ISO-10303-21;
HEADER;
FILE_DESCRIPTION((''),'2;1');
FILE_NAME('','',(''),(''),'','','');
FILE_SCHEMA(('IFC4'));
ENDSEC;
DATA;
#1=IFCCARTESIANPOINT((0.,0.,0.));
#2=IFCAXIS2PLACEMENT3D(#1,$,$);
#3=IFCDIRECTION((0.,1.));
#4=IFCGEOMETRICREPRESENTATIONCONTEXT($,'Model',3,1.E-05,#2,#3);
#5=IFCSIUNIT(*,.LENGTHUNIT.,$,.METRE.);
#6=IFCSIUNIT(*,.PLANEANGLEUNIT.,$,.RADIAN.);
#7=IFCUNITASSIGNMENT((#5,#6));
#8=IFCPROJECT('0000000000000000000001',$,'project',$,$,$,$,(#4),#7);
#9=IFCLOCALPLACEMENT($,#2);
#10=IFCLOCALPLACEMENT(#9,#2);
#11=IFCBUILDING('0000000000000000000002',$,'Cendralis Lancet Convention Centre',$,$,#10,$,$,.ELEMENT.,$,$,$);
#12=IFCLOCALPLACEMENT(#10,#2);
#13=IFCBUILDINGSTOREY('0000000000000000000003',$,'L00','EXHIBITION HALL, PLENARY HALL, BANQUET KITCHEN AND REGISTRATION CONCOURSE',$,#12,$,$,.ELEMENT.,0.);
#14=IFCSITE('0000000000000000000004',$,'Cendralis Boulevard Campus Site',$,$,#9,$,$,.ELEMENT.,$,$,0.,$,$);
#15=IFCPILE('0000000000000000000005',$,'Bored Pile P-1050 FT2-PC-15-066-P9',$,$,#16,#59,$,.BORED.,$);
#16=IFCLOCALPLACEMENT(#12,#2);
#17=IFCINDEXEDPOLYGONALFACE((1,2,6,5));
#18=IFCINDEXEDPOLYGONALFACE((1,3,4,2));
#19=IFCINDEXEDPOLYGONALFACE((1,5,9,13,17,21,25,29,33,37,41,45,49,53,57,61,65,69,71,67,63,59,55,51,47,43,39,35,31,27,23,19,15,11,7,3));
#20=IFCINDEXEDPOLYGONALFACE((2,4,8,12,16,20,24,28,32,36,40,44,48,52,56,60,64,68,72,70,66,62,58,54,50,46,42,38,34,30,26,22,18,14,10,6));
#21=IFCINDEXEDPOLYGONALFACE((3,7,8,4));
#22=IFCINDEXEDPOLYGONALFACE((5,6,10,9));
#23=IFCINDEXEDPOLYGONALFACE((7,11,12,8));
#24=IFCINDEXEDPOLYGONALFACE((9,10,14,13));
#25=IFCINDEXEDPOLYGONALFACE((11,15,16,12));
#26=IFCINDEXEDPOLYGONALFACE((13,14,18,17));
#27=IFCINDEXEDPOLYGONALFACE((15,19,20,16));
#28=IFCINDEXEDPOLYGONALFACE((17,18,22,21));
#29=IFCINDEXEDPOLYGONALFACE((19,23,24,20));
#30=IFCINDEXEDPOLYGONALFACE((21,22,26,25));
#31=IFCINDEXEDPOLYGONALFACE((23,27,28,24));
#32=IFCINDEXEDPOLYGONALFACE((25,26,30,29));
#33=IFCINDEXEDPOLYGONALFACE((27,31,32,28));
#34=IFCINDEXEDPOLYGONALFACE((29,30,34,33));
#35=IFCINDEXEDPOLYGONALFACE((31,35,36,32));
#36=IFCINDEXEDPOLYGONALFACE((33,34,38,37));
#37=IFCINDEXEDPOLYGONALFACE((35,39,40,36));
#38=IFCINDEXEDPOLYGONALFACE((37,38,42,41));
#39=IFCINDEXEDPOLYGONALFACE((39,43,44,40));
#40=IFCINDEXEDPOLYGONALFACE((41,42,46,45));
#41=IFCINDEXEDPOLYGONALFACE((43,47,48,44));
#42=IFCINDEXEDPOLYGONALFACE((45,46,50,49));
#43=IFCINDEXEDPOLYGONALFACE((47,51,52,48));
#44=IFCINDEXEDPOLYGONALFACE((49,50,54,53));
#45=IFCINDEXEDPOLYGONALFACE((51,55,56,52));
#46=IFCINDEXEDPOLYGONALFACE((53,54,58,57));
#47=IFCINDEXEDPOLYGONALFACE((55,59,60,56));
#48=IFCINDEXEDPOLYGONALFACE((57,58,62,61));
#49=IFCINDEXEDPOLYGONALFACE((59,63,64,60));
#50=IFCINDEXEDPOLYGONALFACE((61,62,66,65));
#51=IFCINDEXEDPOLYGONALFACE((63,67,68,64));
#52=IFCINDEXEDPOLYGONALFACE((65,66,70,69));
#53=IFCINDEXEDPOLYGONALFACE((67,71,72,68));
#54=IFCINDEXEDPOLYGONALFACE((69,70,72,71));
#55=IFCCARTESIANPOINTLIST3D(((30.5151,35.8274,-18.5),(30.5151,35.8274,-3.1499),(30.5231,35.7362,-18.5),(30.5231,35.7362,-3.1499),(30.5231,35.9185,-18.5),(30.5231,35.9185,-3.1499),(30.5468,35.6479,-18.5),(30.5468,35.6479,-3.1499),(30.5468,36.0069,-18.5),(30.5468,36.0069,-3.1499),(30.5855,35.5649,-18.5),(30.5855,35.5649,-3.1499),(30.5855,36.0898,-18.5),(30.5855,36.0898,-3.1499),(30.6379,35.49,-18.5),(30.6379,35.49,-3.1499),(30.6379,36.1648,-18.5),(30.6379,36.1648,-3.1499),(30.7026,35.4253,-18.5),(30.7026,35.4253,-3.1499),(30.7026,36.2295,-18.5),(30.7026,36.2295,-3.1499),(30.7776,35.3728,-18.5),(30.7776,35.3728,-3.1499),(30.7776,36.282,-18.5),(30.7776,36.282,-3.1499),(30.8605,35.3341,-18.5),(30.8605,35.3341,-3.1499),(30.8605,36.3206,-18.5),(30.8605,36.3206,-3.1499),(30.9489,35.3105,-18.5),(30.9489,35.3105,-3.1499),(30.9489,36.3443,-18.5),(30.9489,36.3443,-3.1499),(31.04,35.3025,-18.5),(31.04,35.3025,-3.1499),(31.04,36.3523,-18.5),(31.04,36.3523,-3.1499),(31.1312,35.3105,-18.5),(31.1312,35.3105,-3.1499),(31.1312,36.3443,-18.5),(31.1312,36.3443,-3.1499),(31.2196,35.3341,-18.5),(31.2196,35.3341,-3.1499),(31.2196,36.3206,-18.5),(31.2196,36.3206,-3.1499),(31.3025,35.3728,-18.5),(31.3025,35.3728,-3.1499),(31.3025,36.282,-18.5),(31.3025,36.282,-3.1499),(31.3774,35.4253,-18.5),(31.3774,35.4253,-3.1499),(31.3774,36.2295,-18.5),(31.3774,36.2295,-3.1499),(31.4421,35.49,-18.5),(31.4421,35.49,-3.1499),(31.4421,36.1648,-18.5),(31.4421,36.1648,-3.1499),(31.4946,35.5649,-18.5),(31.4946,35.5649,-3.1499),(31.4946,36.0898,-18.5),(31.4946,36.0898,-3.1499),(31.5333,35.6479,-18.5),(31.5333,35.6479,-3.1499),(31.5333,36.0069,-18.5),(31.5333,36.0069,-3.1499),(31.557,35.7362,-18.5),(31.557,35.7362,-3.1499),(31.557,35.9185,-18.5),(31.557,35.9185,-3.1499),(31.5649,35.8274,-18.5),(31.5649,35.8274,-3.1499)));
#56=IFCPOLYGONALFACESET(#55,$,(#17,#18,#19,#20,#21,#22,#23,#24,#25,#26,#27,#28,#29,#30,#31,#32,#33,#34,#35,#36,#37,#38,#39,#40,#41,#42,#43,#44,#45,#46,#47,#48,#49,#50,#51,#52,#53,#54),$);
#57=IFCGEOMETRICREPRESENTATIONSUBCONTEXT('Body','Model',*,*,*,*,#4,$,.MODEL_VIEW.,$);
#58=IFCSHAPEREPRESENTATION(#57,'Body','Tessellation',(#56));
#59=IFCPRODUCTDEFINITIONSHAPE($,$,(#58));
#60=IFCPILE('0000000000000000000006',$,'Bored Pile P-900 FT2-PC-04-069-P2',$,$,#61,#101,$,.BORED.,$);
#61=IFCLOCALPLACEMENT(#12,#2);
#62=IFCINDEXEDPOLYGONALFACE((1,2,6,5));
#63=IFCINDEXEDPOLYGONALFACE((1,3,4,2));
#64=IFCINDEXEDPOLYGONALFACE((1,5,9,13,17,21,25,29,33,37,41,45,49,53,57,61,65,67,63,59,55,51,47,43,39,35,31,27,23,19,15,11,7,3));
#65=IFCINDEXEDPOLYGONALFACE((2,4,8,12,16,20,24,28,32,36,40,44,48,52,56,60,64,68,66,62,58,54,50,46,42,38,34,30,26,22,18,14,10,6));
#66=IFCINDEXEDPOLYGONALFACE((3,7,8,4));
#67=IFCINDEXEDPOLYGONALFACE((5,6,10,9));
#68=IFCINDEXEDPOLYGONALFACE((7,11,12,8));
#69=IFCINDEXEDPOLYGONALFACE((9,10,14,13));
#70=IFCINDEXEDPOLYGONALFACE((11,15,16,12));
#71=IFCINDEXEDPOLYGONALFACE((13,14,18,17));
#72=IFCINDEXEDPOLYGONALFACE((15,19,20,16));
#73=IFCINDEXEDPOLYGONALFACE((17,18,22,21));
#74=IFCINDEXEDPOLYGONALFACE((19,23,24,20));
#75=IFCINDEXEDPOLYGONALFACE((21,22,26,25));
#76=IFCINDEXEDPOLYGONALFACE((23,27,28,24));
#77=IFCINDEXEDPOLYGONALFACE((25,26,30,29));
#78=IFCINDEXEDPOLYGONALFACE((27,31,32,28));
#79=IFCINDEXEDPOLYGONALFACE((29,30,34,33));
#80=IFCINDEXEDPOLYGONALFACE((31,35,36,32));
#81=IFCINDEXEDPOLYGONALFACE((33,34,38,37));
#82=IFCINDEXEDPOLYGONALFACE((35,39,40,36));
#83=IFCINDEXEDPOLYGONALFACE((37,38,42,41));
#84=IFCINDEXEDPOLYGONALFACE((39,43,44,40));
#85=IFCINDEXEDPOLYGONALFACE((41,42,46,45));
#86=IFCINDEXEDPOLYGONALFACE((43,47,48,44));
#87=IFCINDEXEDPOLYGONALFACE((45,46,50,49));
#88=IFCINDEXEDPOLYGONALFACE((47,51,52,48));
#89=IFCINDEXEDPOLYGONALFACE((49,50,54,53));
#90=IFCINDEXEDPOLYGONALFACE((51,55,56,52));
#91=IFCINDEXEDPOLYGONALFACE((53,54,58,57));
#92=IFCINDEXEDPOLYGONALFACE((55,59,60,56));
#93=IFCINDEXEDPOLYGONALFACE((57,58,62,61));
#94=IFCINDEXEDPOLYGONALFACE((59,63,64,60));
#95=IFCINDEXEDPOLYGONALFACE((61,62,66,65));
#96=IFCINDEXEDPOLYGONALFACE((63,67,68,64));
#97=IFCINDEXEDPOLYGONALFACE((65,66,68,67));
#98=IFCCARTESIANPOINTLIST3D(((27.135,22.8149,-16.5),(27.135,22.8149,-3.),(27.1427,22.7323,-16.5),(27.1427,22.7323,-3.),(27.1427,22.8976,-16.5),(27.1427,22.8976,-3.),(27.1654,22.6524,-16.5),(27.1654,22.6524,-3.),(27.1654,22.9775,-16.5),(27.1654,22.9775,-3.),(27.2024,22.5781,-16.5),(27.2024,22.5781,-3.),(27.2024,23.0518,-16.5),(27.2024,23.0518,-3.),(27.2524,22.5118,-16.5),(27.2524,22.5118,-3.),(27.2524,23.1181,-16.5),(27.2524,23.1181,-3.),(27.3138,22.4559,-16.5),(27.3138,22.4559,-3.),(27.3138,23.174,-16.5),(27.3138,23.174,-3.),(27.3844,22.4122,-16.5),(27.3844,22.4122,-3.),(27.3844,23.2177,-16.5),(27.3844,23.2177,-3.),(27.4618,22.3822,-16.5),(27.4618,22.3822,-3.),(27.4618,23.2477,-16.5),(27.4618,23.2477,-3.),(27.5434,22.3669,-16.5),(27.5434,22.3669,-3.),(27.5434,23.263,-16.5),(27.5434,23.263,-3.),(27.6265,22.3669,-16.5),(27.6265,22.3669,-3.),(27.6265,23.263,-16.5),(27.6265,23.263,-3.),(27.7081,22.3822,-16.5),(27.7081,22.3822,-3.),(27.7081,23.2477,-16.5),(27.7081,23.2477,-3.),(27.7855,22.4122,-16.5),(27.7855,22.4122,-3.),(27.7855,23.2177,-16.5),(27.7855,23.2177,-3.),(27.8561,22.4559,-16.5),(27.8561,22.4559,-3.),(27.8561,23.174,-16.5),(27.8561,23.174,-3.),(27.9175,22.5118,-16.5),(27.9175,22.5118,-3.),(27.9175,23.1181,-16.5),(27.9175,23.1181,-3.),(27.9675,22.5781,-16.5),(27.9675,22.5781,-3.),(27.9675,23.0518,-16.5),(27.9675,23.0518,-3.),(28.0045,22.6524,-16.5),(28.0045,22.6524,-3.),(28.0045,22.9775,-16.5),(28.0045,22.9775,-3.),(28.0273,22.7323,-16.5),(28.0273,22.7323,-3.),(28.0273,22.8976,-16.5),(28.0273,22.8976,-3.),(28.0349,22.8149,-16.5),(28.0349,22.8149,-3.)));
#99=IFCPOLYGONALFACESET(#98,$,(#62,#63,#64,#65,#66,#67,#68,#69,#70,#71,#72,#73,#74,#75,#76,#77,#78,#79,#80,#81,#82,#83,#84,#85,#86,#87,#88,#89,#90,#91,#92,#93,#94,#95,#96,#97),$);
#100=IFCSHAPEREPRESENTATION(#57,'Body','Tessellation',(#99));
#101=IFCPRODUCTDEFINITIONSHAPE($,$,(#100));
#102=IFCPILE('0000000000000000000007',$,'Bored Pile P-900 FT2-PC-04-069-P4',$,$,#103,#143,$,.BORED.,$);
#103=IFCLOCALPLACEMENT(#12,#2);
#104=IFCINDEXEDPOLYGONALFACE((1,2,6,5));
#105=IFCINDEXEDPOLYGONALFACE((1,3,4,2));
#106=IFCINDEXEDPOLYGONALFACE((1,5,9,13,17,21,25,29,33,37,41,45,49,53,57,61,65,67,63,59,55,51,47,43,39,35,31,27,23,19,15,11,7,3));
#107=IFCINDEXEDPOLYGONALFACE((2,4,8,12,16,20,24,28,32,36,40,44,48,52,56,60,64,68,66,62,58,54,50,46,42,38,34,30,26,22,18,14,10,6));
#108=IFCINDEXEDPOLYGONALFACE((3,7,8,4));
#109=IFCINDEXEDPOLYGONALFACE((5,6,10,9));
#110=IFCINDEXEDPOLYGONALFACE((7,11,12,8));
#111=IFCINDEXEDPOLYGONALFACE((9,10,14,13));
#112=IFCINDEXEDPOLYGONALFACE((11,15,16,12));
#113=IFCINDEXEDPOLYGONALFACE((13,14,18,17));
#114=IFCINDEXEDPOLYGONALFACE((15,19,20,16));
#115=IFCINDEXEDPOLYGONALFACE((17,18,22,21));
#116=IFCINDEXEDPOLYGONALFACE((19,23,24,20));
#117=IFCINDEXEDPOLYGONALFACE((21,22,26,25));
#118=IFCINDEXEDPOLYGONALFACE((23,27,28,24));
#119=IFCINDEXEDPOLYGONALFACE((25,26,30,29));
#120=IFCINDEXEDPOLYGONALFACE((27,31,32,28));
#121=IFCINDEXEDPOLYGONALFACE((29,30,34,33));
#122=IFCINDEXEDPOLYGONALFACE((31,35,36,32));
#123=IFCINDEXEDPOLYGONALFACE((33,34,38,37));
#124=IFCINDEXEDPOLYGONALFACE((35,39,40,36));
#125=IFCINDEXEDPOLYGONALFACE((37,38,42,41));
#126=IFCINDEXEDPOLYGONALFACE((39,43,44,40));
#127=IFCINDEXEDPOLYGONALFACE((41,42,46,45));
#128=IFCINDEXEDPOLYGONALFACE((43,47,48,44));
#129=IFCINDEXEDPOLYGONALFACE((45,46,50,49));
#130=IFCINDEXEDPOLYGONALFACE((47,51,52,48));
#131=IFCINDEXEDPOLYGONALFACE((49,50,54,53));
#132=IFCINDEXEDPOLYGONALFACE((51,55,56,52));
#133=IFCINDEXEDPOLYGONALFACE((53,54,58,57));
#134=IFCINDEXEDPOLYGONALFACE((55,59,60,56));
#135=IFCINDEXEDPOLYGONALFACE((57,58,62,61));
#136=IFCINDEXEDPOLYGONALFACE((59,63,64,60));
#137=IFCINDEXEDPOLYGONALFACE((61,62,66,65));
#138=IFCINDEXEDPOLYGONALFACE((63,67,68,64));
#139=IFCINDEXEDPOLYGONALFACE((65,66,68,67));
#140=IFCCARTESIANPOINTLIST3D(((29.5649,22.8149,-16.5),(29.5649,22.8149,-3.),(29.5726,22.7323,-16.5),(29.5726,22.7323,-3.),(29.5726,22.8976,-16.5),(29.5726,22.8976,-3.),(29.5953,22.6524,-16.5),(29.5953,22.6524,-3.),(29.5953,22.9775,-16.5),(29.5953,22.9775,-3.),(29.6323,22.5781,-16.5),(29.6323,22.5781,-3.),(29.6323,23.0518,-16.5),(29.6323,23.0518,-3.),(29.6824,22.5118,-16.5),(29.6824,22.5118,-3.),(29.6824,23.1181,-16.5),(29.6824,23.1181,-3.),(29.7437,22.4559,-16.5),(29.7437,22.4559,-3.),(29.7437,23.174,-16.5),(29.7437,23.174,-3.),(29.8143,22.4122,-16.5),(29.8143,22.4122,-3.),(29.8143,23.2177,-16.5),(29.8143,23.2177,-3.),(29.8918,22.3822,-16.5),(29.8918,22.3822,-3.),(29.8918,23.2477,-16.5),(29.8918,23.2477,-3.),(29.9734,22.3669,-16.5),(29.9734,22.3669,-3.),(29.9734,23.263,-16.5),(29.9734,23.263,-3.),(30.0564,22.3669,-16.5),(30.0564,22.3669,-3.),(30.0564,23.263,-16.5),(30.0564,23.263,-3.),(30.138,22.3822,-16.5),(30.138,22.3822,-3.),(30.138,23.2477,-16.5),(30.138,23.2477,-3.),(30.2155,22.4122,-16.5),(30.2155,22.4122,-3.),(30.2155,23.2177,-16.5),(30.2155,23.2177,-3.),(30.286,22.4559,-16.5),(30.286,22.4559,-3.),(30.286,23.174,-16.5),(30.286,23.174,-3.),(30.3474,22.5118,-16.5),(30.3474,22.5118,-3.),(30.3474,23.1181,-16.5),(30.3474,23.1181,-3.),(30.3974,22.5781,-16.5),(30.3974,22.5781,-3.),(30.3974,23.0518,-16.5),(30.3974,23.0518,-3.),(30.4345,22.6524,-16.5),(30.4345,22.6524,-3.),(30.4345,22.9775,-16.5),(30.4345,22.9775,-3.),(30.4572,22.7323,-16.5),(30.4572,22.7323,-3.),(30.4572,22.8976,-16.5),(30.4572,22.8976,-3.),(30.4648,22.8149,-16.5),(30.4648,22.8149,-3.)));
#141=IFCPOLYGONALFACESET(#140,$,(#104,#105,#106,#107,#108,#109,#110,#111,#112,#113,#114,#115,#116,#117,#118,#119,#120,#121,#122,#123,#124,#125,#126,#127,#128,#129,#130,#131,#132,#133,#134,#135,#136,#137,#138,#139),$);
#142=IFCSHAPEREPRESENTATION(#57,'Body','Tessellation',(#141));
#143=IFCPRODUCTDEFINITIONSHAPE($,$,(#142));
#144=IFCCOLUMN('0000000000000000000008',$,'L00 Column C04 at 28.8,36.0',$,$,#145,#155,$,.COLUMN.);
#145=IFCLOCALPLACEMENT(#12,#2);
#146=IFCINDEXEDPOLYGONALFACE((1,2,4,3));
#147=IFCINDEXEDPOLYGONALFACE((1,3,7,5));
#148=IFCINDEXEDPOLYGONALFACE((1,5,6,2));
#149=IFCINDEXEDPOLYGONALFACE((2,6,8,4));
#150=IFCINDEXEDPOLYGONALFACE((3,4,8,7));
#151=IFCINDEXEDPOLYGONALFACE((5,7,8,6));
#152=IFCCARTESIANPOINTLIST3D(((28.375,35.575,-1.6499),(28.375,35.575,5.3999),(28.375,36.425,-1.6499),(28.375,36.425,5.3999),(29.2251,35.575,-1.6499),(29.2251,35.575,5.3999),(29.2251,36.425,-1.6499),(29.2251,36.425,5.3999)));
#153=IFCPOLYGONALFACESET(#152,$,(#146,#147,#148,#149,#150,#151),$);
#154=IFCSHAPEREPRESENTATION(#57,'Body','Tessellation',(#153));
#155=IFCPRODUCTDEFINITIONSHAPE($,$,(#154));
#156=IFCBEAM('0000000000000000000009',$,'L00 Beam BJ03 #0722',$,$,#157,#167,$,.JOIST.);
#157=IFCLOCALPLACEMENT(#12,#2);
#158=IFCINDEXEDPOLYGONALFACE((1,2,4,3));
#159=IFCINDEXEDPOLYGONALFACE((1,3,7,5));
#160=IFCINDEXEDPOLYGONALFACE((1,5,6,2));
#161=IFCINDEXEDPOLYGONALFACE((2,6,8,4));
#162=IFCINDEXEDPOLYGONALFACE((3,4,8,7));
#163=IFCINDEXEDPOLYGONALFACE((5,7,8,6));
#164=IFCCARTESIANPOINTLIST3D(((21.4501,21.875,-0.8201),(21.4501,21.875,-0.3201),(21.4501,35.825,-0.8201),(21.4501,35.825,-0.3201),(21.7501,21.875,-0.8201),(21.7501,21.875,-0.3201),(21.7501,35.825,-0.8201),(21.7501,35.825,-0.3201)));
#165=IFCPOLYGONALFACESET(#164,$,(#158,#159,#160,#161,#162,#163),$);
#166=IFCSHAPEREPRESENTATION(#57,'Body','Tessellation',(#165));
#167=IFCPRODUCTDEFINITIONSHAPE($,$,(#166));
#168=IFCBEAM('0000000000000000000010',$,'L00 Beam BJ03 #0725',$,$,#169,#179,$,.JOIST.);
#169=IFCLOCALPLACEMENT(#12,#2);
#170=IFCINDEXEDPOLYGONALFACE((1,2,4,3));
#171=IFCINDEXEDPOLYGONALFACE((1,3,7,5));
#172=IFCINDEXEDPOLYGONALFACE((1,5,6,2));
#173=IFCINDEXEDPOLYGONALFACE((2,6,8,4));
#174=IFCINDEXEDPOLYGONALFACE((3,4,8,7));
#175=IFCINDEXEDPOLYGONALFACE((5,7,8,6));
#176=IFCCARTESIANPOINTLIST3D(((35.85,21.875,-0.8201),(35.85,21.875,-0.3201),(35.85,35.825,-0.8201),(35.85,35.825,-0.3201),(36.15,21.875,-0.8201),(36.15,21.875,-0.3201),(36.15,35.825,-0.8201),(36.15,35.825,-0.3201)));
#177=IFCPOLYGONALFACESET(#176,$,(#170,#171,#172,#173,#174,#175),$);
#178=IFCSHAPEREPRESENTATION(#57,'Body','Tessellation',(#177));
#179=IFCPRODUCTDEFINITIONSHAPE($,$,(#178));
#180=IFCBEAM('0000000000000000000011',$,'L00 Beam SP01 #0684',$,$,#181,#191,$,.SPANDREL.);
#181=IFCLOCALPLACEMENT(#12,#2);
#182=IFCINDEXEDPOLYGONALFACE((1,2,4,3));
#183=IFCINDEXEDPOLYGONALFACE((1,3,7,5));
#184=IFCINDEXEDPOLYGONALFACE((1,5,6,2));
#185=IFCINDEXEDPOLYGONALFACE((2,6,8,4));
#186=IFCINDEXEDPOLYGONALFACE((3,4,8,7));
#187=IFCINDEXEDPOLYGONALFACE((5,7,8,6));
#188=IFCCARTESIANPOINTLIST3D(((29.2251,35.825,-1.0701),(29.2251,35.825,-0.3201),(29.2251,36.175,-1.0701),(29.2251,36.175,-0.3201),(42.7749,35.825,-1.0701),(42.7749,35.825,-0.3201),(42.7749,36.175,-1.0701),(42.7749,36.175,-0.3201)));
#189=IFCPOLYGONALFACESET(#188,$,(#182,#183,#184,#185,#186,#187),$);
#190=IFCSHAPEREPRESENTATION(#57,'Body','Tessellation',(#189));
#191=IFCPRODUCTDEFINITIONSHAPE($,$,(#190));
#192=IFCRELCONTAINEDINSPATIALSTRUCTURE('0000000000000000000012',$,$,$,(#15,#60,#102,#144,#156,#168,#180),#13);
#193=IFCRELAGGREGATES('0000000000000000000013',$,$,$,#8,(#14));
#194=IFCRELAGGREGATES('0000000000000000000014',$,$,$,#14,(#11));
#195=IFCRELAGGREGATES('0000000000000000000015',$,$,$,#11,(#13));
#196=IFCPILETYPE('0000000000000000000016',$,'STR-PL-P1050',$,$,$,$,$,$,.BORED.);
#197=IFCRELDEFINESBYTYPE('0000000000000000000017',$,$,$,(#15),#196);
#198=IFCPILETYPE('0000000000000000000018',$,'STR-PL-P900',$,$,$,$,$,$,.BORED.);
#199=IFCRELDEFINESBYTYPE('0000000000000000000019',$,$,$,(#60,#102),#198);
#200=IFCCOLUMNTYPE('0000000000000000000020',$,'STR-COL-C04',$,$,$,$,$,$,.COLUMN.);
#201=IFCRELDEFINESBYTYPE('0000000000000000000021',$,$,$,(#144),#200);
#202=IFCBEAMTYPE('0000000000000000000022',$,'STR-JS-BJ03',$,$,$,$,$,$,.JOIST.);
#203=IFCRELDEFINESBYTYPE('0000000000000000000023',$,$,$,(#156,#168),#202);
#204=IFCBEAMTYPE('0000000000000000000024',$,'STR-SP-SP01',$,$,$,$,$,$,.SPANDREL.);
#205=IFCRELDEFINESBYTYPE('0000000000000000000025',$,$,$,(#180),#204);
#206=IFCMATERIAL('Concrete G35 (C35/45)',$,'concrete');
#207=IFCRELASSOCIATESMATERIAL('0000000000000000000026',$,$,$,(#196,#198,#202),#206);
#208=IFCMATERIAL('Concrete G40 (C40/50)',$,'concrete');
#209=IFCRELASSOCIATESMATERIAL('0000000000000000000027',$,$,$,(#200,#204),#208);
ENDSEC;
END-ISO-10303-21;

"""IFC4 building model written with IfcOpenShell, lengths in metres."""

from ifc_helpers import new_model, si_unit, direction, frame, origin, origin_2d, place, context, subcontext, project, spatial, rectangle, circle, extrude, material, material_profile, profile_set, type_object, element, save


model = new_model("IFC4")

# Units and contexts
model_context = context("Model", 3, precision=1e-05, world=origin(), true_north=direction((0.0, 1.0)))
body_context = subcontext(model_context, "Body", "Model", "MODEL_VIEW")
ifc_project = project(units=[si_unit("LENGTHUNIT", "METRE"), si_unit("PLANEANGLEUNIT", "RADIAN")], contexts=[model_context])

# Site, building, storey
site_placement = place(None, origin())
site = spatial("IfcSite", under=ifc_project, at=site_placement, Name="Cendralis Boulevard Campus Site", CompositionType="ELEMENT", RefElevation=0.0)
building_placement = place(site_placement, origin())
building = spatial("IfcBuilding", under=site, at=building_placement, Name="Cendralis Lancet Convention Centre", CompositionType="ELEMENT")
storey_placement = place(building_placement, origin())
storey = spatial("IfcBuildingStorey", under=building, at=storey_placement, Name="L00", Description="EXHIBITION HALL, PLENARY HALL, BANQUET KITCHEN AND REGISTRATION CONCOURSE", CompositionType="ELEMENT", Elevation=0.0)

# Shared definitions
ifc_material_1 = material(Name="Concrete G35 (C35/45)", Category="concrete")

# Piles
ifc_material_profile_1 = material_profile(ifc_material_1, circle(Radius=0.5249, at=origin_2d()), Name="BORED PILE D1050")
ifc_profile_set_1 = profile_set([ifc_material_profile_1], Name="Concrete G35 (C35/45)")
pile_type_1 = type_object("IfcPileType", Name="STR-PL-P1050", PredefinedType="BORED", material=ifc_profile_set_1)
for number, where, z_axis, x_axis, name in (
    (1, (31.04, 35.8274, -3.1499), (0.0, 0.0, -1.0), (1.0, 0.0, 0.0), "Bored Pile P-1050 FT2-PC-15-066-P9"),
):
    element("IfcPile", number, at=place(storey_placement, frame(where, z_axis=z_axis, x_axis=x_axis)), inside=storey, type_object=pile_type_1, Name=name, PredefinedType="BORED", context=body_context, shape_type="SweptSolid", body=[
        extrude(circle(Radius=0.5249, at=origin_2d()), origin(), (0.0, 0.0, 1.0), 15.3501),
    ])
ifc_material_profile_2 = material_profile(ifc_material_1, circle(Radius=0.45, at=origin_2d()), Name="BORED PILE D900")
ifc_profile_set_2 = profile_set([ifc_material_profile_2], Name="Concrete G35 (C35/45)")
pile_type_2 = type_object("IfcPileType", Name="STR-PL-P900", PredefinedType="BORED", material=ifc_profile_set_2)
for number, where, z_axis, x_axis, name in (
    (2, (27.585, 22.8149, -3.0), (0.0, 0.0, -1.0), (1.0, 0.0, 0.0), "Bored Pile P-900 FT2-PC-04-069-P2"),
    (3, (30.0149, 22.8149, -3.0), (0.0, 0.0, -1.0), (1.0, 0.0, 0.0), "Bored Pile P-900 FT2-PC-04-069-P4"),
):
    element("IfcPile", number, at=place(storey_placement, frame(where, z_axis=z_axis, x_axis=x_axis)), inside=storey, type_object=pile_type_2, Name=name, PredefinedType="BORED", context=body_context, shape_type="SweptSolid", body=[
        extrude(circle(Radius=0.45, at=origin_2d()), origin(), (0.0, 0.0, 1.0), 13.5),
    ])

# Column
ifc_material_2 = material(Name="Concrete G40 (C40/50)", Category="concrete")
ifc_material_profile_3 = material_profile(ifc_material_2, rectangle(XDim=0.8501, YDim=0.8501, at=origin_2d()), Name="RC 850x850")
ifc_profile_set_3 = profile_set([ifc_material_profile_3], Name="Concrete G40 (C40/50)")
column_type = type_object("IfcColumnType", Name="STR-COL-C04", PredefinedType="COLUMN", material=ifc_profile_set_3)
column_placement = place(storey_placement, frame((28.8, 36.0, -1.6499), z_axis=(0.0, 0.0, 1.0), x_axis=(1.0, 0.0, 0.0)))
element("IfcColumn", 4, at=column_placement, inside=storey, type_object=column_type, Name="L00 Column C04 at 28.8,36.0", PredefinedType="COLUMN", context=body_context, shape_type="SweptSolid", body=[
    extrude(rectangle(XDim=0.8501, YDim=0.8501, at=origin_2d()), origin(), (0.0, 0.0, 1.0), 7.0498),
])

# Beams
ifc_material_profile_4 = material_profile(ifc_material_1, rectangle(XDim=0.3, YDim=0.5, at=origin_2d()), Name="RCB 300x500")
ifc_profile_set_4 = profile_set([ifc_material_profile_4], Name="Concrete G35 (C35/45)")
beam_type_1 = type_object("IfcBeamType", Name="STR-JS-BJ03", PredefinedType="JOIST", material=ifc_profile_set_4)
for number, where, z_axis, x_axis, name in (
    (5, (21.6001, 21.875, -0.5701), (0.0, 1.0, 0.0), (-1.0, 0.0, 0.0), "L00 Beam BJ03 #0722"),
    (6, (36.0, 21.875, -0.5701), (0.0, 1.0, 0.0), (-1.0, 0.0, 0.0), "L00 Beam BJ03 #0725"),
):
    element("IfcBeam", number, at=place(storey_placement, frame(where, z_axis=z_axis, x_axis=x_axis)), inside=storey, type_object=beam_type_1, Name=name, PredefinedType="JOIST", context=body_context, shape_type="SweptSolid", body=[
        extrude(rectangle(XDim=0.3, YDim=0.5, at=origin_2d()), origin(), (0.0, 0.0, 1.0), 13.95),
    ])
ifc_material_profile_5 = material_profile(ifc_material_2, rectangle(XDim=0.3501, YDim=0.75, at=origin_2d()), Name="RCB 350x750")
ifc_profile_set_5 = profile_set([ifc_material_profile_5], Name="Concrete G40 (C40/50)")
beam_type_2 = type_object("IfcBeamType", Name="STR-SP-SP01", PredefinedType="SPANDREL", material=ifc_profile_set_5)
beam_placement = place(storey_placement, frame((29.2251, 36.0, -0.6951), z_axis=(1.0, 0.0, 0.0), x_axis=(0.0, 1.0, 0.0)))
element("IfcBeam", 7, at=beam_placement, inside=storey, type_object=beam_type_2, Name="L00 Beam SP01 #0684", PredefinedType="SPANDREL", context=body_context, shape_type="SweptSolid", body=[
    extrude(rectangle(XDim=0.3501, YDim=0.75, at=origin_2d()), origin(), (0.0, 0.0, 1.0), 13.5498),
])

save(model, "model.ifc")
